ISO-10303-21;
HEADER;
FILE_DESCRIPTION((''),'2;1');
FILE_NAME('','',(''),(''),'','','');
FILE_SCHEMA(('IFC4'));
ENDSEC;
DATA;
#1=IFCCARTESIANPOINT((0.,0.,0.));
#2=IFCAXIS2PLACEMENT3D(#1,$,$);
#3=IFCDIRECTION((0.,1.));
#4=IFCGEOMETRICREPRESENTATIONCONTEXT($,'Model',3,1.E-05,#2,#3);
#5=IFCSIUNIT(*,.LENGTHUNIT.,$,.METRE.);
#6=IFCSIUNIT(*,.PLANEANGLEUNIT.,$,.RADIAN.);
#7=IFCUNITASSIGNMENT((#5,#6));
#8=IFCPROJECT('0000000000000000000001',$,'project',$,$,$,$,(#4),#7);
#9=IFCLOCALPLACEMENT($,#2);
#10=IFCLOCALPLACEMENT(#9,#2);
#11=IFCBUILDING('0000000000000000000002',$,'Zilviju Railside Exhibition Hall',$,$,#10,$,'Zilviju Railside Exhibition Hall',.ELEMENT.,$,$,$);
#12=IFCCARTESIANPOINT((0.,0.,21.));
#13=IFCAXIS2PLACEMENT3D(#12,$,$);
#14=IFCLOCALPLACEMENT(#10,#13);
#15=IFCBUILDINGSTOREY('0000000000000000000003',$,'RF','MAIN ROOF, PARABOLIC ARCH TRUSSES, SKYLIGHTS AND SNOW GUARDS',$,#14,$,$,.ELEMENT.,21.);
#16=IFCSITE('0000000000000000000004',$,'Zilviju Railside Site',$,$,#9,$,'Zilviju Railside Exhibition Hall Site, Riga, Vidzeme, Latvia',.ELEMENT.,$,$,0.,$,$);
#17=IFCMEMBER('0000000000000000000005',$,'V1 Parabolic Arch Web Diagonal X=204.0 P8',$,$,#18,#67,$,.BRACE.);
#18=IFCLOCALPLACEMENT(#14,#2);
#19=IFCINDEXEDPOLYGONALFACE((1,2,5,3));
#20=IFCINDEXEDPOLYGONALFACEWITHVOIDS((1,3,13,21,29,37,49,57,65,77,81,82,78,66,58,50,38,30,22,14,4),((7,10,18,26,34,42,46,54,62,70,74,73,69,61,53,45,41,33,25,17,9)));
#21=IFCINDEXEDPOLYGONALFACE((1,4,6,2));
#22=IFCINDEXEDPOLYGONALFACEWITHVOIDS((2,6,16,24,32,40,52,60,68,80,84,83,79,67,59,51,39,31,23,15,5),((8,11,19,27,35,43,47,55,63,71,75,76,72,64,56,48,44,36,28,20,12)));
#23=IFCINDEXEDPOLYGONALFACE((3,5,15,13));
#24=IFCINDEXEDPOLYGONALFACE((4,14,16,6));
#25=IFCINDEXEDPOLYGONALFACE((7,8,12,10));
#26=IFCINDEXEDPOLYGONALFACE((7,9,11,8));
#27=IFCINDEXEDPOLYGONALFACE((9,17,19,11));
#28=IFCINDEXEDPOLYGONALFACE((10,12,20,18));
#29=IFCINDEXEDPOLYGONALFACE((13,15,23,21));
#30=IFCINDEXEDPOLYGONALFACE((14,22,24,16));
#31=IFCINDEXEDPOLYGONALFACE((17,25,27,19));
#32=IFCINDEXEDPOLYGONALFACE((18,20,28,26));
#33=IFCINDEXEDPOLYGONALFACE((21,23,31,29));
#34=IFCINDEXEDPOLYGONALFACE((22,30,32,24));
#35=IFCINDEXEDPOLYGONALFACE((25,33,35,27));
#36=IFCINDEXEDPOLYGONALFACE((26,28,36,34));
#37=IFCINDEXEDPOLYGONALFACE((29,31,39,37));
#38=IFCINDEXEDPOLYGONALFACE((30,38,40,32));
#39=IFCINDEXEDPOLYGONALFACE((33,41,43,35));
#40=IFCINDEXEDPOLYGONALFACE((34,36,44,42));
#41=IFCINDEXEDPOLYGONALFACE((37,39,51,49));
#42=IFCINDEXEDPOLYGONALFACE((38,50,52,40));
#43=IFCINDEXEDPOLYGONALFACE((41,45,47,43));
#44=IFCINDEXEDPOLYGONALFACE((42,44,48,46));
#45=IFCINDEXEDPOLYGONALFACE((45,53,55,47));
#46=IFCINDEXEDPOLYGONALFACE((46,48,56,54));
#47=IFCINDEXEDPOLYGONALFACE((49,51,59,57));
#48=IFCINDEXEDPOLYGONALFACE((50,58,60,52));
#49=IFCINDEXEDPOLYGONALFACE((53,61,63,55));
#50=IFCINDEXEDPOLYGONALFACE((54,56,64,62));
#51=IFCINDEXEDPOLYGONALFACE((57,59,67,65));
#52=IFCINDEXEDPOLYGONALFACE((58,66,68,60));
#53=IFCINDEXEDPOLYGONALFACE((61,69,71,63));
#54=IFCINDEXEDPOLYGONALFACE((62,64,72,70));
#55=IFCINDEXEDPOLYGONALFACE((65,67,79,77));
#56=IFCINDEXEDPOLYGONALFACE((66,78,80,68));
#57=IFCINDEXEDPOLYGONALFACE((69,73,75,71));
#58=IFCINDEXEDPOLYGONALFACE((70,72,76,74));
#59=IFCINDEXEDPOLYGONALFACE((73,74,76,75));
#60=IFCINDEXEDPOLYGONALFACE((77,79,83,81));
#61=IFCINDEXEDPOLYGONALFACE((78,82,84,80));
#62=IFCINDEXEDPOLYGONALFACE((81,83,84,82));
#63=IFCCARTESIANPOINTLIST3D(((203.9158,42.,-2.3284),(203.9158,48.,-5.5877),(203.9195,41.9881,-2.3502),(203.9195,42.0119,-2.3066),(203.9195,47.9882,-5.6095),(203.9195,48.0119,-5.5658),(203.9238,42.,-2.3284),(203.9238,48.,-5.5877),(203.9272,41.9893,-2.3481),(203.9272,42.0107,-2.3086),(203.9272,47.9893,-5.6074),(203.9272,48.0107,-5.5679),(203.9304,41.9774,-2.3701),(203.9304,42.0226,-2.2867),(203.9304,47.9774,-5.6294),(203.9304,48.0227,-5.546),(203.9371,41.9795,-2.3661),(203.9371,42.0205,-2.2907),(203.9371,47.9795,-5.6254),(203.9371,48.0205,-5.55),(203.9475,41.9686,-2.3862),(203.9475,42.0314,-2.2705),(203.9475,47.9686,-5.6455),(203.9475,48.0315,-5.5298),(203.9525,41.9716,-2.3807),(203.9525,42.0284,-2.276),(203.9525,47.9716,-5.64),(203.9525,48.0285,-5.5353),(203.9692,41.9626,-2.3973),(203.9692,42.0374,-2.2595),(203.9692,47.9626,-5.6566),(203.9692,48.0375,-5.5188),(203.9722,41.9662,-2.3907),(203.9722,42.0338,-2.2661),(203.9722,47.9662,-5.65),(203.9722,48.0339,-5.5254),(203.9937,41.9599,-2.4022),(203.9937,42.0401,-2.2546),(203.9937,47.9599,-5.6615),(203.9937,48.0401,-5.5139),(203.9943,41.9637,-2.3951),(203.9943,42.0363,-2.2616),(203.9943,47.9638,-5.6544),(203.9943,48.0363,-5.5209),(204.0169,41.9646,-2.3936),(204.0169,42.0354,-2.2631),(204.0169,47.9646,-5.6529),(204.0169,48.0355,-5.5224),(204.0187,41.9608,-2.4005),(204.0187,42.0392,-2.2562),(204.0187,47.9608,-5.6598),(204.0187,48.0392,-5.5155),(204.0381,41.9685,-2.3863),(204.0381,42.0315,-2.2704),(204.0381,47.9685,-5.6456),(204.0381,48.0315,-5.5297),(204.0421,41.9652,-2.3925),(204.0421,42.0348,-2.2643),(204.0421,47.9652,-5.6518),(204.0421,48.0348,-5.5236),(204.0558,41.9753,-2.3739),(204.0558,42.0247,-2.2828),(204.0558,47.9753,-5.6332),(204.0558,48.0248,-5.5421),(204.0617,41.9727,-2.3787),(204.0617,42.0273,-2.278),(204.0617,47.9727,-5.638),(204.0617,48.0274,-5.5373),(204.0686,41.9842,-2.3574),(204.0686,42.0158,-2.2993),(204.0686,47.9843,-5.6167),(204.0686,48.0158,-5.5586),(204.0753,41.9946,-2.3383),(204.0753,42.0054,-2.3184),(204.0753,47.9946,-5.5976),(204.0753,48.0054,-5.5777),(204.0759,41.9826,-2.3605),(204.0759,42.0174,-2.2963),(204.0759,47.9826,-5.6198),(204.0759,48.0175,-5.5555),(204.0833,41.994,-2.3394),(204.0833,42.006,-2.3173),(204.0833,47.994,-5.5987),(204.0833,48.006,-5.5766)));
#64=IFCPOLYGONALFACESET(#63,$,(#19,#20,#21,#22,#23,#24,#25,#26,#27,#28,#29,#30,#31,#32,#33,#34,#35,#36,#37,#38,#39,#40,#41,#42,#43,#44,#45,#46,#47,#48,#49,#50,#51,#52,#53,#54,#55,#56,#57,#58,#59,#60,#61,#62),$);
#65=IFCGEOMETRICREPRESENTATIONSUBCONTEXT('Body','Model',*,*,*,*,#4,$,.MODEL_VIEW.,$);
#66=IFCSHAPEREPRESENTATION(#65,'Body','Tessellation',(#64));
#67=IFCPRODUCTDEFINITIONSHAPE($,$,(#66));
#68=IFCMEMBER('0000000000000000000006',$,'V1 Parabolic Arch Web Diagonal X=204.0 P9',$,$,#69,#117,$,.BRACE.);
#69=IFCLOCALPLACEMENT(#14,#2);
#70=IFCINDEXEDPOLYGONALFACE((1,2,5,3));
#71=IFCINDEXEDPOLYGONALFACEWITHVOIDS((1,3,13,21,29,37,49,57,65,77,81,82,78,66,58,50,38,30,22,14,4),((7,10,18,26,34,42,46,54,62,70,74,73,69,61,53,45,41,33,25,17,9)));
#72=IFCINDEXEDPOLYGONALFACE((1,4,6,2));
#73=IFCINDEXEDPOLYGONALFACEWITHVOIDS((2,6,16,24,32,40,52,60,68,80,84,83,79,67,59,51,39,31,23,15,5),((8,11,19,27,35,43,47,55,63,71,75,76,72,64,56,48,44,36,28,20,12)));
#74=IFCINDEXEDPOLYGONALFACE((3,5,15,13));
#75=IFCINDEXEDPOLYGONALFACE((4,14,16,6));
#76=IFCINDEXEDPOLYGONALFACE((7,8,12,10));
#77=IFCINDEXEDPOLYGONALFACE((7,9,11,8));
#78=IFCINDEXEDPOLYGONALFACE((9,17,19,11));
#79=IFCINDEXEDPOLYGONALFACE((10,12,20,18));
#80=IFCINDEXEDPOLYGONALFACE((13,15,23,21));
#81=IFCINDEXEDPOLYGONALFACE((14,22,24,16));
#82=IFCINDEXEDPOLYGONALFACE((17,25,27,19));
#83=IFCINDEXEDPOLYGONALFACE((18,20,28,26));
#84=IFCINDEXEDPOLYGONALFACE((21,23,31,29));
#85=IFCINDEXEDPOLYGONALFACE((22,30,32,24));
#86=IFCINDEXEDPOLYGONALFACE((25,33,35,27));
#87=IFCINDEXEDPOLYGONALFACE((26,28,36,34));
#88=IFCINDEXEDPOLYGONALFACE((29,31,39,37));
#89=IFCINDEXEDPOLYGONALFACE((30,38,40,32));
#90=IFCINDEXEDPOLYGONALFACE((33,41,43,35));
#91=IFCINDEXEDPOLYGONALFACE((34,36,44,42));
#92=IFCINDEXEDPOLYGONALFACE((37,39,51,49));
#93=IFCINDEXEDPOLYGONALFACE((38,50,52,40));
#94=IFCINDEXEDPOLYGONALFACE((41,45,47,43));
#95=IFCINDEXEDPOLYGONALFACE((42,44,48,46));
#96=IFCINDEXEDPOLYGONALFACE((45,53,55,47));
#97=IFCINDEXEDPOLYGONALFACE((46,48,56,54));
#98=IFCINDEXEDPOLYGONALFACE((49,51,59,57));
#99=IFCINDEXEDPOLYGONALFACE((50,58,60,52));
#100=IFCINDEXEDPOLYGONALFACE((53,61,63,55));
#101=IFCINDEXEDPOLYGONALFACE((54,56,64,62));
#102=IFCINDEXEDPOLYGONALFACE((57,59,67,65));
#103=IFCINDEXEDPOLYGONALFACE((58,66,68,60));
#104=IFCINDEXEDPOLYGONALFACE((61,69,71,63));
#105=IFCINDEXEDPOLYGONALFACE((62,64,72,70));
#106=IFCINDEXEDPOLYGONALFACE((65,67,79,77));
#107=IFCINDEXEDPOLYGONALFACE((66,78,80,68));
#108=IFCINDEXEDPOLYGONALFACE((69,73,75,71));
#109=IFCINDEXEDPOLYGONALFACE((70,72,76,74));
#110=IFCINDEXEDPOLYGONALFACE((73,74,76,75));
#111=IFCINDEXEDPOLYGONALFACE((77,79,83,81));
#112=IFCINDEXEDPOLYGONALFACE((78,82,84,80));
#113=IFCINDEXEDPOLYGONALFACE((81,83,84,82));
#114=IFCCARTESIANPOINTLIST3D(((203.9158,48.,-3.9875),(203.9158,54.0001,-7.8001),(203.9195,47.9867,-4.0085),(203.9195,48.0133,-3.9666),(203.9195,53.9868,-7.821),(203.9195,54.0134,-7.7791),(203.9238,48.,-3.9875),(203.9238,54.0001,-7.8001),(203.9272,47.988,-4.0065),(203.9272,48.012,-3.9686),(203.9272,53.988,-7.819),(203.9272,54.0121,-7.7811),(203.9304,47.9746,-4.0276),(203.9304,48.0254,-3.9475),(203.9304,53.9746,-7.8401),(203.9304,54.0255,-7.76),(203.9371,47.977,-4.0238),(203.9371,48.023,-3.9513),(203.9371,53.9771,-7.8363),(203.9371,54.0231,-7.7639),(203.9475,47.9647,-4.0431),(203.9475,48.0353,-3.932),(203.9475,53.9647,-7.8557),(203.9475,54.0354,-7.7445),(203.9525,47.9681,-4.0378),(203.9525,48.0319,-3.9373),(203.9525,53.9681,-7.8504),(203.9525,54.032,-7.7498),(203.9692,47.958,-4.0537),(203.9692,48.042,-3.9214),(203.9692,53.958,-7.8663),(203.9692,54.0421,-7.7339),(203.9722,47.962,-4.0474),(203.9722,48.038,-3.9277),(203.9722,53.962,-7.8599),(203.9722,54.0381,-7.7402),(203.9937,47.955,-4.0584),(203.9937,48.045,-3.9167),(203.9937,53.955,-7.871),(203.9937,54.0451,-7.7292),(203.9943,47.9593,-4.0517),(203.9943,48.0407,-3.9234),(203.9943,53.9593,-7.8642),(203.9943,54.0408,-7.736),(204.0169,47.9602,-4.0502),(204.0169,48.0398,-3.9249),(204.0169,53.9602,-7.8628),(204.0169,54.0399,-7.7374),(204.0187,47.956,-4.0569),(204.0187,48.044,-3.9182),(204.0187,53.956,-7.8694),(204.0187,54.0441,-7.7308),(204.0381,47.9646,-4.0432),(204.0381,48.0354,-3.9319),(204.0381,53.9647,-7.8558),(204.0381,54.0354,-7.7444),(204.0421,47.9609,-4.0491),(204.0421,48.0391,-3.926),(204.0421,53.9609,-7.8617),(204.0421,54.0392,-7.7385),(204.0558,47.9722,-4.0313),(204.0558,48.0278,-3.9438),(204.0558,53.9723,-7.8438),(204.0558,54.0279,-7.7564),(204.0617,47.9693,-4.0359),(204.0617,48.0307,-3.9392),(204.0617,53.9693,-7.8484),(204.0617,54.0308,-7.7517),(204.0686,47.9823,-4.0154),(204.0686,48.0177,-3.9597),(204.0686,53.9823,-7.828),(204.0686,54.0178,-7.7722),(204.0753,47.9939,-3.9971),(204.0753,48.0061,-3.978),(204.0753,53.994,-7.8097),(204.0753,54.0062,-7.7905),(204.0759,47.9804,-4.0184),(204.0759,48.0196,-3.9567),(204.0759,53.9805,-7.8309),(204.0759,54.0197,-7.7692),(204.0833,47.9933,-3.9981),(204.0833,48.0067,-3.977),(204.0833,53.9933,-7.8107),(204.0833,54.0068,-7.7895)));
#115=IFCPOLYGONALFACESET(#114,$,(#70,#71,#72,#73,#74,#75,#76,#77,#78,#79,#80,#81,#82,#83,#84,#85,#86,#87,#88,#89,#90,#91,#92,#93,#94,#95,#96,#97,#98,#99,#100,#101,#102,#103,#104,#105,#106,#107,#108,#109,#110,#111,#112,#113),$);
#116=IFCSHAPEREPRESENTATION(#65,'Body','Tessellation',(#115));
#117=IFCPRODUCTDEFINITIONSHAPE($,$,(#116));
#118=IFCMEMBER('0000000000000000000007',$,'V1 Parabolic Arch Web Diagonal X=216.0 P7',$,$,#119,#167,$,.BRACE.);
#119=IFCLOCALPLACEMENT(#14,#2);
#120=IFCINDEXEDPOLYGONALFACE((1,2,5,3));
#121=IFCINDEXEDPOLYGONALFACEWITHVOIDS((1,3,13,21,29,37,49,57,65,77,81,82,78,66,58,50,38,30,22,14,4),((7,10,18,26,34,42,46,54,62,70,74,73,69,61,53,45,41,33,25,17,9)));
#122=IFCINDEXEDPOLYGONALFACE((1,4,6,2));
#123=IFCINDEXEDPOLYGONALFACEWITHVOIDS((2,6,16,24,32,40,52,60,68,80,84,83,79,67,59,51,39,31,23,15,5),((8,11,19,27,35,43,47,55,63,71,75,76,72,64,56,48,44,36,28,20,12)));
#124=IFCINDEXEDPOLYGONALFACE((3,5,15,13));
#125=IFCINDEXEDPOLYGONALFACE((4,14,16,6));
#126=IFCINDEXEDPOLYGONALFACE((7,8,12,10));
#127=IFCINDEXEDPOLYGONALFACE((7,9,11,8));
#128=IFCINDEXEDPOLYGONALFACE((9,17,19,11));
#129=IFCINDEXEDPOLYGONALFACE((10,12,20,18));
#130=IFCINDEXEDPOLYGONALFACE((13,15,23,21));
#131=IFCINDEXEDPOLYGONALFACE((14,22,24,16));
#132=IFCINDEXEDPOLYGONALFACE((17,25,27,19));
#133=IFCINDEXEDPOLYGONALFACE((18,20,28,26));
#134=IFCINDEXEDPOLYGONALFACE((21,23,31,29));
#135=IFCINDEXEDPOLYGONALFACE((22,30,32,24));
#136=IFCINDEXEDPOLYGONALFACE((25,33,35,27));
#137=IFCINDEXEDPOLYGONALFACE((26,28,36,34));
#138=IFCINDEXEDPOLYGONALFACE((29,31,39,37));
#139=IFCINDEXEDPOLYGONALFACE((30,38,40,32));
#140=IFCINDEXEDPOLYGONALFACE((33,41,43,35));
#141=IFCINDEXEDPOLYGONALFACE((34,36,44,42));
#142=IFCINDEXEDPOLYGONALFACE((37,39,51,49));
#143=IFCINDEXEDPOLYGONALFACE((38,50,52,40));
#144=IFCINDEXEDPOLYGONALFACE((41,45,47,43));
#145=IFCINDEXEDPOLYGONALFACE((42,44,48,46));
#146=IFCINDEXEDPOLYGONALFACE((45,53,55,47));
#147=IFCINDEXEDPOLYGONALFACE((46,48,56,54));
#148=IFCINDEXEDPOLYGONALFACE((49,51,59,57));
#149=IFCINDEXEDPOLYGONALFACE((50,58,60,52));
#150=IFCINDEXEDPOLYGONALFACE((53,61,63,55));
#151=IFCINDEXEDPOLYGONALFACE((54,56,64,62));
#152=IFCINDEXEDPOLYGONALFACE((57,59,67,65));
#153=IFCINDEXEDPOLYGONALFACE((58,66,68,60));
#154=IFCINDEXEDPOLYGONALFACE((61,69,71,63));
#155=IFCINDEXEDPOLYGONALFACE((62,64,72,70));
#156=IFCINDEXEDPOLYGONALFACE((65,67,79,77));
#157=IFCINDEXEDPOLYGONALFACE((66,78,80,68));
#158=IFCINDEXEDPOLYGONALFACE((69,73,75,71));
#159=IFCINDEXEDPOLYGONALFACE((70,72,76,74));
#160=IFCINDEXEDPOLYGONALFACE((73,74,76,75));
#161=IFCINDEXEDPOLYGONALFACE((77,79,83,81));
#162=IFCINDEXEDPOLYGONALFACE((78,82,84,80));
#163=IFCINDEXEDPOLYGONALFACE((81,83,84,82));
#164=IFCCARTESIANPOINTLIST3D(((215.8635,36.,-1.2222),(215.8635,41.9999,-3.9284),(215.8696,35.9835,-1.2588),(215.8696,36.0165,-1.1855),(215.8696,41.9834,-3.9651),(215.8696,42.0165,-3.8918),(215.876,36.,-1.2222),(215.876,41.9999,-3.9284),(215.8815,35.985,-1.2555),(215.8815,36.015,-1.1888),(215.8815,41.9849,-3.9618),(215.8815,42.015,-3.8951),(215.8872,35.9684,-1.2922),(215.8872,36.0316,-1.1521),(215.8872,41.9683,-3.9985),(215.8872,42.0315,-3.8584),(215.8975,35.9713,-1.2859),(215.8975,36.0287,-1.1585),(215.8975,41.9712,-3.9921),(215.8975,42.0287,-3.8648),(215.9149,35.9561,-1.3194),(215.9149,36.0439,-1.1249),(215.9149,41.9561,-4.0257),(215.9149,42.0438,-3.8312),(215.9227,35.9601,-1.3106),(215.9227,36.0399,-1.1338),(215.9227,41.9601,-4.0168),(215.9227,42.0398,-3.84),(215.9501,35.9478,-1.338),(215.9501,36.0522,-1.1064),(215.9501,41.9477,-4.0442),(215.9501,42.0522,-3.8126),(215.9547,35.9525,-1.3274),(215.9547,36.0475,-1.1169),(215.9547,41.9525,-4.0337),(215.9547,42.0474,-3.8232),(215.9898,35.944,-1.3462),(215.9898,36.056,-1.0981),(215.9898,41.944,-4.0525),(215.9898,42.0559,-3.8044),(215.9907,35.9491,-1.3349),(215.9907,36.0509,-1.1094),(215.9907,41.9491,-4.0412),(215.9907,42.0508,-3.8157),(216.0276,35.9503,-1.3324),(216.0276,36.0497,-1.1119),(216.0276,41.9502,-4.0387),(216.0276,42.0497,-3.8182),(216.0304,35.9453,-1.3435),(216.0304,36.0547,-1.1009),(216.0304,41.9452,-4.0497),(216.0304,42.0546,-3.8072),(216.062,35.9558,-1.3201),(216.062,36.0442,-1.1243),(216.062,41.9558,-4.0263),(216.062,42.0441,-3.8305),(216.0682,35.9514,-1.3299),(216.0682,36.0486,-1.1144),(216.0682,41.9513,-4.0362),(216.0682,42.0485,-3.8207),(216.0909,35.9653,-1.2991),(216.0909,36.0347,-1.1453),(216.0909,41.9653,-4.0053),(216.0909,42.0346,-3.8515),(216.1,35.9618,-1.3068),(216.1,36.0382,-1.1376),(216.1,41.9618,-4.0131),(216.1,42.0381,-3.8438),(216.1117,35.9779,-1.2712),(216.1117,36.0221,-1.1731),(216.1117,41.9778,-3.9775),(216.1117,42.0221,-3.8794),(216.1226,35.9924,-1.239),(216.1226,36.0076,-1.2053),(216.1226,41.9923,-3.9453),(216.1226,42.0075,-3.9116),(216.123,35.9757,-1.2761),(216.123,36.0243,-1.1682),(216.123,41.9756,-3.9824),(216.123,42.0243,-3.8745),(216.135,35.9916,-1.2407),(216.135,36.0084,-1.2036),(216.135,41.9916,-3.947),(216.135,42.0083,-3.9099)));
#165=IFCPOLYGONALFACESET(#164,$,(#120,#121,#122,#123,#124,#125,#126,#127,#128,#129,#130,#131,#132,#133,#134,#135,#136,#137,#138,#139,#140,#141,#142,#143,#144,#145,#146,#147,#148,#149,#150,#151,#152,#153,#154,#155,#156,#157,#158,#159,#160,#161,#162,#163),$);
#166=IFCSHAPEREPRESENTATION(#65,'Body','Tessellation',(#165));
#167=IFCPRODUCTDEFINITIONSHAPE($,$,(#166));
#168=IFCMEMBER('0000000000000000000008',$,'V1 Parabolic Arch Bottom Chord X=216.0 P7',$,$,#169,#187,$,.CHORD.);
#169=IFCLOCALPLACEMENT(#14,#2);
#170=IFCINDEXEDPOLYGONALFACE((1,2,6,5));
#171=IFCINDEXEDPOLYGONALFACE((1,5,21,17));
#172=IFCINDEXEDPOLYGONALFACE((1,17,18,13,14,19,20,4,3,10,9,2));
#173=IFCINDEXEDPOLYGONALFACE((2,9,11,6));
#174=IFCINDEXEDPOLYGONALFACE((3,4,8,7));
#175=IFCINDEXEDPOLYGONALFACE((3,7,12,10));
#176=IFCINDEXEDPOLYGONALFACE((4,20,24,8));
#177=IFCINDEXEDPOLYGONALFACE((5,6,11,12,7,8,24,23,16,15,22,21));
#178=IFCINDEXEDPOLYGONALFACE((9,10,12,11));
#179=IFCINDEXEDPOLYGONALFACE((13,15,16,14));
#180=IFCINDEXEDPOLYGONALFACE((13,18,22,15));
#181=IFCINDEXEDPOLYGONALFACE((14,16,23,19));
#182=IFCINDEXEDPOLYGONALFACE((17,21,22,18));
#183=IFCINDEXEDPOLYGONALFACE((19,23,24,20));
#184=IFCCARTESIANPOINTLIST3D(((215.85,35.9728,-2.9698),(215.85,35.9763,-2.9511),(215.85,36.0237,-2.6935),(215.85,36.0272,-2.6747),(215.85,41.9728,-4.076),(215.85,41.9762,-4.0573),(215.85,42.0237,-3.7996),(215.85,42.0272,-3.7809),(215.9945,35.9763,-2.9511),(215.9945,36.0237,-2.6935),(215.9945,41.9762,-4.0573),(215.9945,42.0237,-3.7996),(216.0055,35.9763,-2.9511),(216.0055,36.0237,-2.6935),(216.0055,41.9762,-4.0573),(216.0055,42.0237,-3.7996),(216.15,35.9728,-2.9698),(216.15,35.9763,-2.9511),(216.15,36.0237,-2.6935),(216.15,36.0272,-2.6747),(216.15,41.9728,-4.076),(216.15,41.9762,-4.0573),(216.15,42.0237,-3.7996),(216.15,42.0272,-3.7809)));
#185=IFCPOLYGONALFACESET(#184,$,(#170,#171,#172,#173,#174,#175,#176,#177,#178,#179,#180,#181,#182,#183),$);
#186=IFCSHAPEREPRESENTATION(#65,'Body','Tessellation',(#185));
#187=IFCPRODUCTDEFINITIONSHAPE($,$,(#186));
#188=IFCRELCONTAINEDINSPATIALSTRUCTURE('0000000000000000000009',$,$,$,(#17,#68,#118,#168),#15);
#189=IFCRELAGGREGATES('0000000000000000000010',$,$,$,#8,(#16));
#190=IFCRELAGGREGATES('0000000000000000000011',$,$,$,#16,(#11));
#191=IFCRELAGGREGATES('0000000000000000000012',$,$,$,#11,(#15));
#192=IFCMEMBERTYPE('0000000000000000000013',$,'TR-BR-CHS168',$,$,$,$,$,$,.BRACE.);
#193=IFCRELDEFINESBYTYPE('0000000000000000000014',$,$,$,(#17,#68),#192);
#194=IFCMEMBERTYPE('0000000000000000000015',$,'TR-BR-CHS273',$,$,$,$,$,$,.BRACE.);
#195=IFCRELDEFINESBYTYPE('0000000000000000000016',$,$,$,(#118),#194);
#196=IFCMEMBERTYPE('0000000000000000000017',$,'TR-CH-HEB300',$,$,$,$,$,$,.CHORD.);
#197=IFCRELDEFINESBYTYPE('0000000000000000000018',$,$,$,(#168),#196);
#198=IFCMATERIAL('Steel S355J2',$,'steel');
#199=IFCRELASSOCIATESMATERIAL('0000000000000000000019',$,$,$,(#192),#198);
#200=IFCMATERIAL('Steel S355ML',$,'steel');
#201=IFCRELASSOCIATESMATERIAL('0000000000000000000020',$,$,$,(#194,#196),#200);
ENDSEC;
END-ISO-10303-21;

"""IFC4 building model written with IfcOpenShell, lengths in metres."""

from ifc_helpers import new_model, si_unit, direction, frame, origin, origin_2d, place, context, subcontext, project, spatial, hollow_circle, i_section, extrude, material, material_profile, profile_set, type_object, element, save


model = new_model("IFC4")

# Units and contexts
model_context = context("Model", 3, precision=1e-05, world=origin(), true_north=direction((0.0, 1.0)))
body_context = subcontext(model_context, "Body", "Model", "MODEL_VIEW")
ifc_project = project(units=[si_unit("LENGTHUNIT", "METRE"), si_unit("PLANEANGLEUNIT", "RADIAN")], contexts=[model_context])

# Site, building, storey
site_placement = place(None, origin())
site = spatial("IfcSite", under=ifc_project, at=site_placement, Name="Zilviju Railside Site", LongName="Zilviju Railside Exhibition Hall Site, Riga, Vidzeme, Latvia", CompositionType="ELEMENT", RefElevation=0.0)
building_placement = place(site_placement, origin())
building = spatial("IfcBuilding", under=site, at=building_placement, Name="Zilviju Railside Exhibition Hall", LongName="Zilviju Railside Exhibition Hall", CompositionType="ELEMENT")
storey_placement = place(building_placement, frame((0.0, 0.0, 21.0)))
storey = spatial("IfcBuildingStorey", under=building, at=storey_placement, Name="RF", Description="MAIN ROOF, PARABOLIC ARCH TRUSSES, SKYLIGHTS AND SNOW GUARDS", CompositionType="ELEMENT", Elevation=21.0)

# Members
ifc_material_1 = material(Name="Steel S355J2", Category="steel")
ifc_material_profile_1 = material_profile(ifc_material_1, hollow_circle(Radius=0.0842, WallThickness=0.0081, at=origin_2d()), Name="CHS 168.3x8.0")
ifc_profile_set_1 = profile_set([ifc_material_profile_1], Name="Steel S355J2")
member_type_1 = type_object("IfcMemberType", Name="TR-BR-CHS168", PredefinedType="BRACE", material=ifc_profile_set_1)
member_1_placement = place(storey_placement, frame((204.0, 42.0, -2.3284), z_axis=(0.0, 0.878722, -0.477333), x_axis=(-1.0, 0.0, 0.0)))
element("IfcMember", 1, at=member_1_placement, inside=storey, type_object=member_type_1, Name="V1 Parabolic Arch Web Diagonal X=204.0 P8", PredefinedType="BRACE", context=body_context, shape_type="SweptSolid", body=[
    extrude(hollow_circle(Radius=0.0842, WallThickness=0.0081, at=origin_2d()), origin(), (0.0, 0.0, 1.0), 6.8281),
])
member_2_placement = place(storey_placement, frame((204.0, 48.0, -3.9875), z_axis=(0.0, 0.844023, -0.536306), x_axis=(-1.0, 0.0, 0.0)))
element("IfcMember", 2, at=member_2_placement, inside=storey, type_object=member_type_1, Name="V1 Parabolic Arch Web Diagonal X=204.0 P9", PredefinedType="BRACE", context=body_context, shape_type="SweptSolid", body=[
    extrude(hollow_circle(Radius=0.0842, WallThickness=0.0081, at=origin_2d()), origin(), (0.0, 0.0, 1.0), 7.1089),
])
ifc_material_2 = material(Name="Steel S355ML", Category="steel")
ifc_material_profile_2 = material_profile(ifc_material_2, hollow_circle(Radius=0.1365, WallThickness=0.0125, at=origin_2d()), Name="CHS 273.0x12.5")
ifc_profile_set_2 = profile_set([ifc_material_profile_2], Name="Steel S355ML")
member_type_2 = type_object("IfcMemberType", Name="TR-BR-CHS273", PredefinedType="BRACE", material=ifc_profile_set_2)
member_3_placement = place(storey_placement, frame((216.0, 36.0, -1.2222), z_axis=(0.0, 0.911563, -0.41116), x_axis=(-1.0, 0.0, 0.0)))
element("IfcMember", 3, at=member_3_placement, inside=storey, type_object=member_type_2, Name="V1 Parabolic Arch Web Diagonal X=216.0 P7", PredefinedType="BRACE", context=body_context, shape_type="SweptSolid", body=[
    extrude(hollow_circle(Radius=0.1365, WallThickness=0.0125, at=origin_2d()), origin(), (0.0, 0.0, 1.0), 6.582),
])
ifc_material_profile_3 = material_profile(ifc_material_2, i_section(OverallWidth=0.3, OverallDepth=0.3, WebThickness=0.011, FlangeThickness=0.019, at=origin_2d()), Name="HEB 300")
ifc_profile_set_3 = profile_set([ifc_material_profile_3], Name="Steel S355ML")
member_type_3 = type_object("IfcMemberType", Name="TR-CH-HEB300", PredefinedType="CHORD", material=ifc_profile_set_3)
member_4_placement = place(storey_placement, frame((216.0, 36.0, -2.8223), z_axis=(0.0, 0.983426, -0.181311), x_axis=(-1.0, 0.0, 0.0)))
element("IfcMember", 4, at=member_4_placement, inside=storey, type_object=member_type_3, Name="V1 Parabolic Arch Bottom Chord X=216.0 P7", PredefinedType="CHORD", context=body_context, shape_type="SweptSolid", body=[
    extrude(i_section(OverallWidth=0.3, OverallDepth=0.3, WebThickness=0.011, FlangeThickness=0.019, at=origin_2d()), origin(), (0.0, 0.0, 1.0), 6.1011),
])

save(model, "model.ifc")
